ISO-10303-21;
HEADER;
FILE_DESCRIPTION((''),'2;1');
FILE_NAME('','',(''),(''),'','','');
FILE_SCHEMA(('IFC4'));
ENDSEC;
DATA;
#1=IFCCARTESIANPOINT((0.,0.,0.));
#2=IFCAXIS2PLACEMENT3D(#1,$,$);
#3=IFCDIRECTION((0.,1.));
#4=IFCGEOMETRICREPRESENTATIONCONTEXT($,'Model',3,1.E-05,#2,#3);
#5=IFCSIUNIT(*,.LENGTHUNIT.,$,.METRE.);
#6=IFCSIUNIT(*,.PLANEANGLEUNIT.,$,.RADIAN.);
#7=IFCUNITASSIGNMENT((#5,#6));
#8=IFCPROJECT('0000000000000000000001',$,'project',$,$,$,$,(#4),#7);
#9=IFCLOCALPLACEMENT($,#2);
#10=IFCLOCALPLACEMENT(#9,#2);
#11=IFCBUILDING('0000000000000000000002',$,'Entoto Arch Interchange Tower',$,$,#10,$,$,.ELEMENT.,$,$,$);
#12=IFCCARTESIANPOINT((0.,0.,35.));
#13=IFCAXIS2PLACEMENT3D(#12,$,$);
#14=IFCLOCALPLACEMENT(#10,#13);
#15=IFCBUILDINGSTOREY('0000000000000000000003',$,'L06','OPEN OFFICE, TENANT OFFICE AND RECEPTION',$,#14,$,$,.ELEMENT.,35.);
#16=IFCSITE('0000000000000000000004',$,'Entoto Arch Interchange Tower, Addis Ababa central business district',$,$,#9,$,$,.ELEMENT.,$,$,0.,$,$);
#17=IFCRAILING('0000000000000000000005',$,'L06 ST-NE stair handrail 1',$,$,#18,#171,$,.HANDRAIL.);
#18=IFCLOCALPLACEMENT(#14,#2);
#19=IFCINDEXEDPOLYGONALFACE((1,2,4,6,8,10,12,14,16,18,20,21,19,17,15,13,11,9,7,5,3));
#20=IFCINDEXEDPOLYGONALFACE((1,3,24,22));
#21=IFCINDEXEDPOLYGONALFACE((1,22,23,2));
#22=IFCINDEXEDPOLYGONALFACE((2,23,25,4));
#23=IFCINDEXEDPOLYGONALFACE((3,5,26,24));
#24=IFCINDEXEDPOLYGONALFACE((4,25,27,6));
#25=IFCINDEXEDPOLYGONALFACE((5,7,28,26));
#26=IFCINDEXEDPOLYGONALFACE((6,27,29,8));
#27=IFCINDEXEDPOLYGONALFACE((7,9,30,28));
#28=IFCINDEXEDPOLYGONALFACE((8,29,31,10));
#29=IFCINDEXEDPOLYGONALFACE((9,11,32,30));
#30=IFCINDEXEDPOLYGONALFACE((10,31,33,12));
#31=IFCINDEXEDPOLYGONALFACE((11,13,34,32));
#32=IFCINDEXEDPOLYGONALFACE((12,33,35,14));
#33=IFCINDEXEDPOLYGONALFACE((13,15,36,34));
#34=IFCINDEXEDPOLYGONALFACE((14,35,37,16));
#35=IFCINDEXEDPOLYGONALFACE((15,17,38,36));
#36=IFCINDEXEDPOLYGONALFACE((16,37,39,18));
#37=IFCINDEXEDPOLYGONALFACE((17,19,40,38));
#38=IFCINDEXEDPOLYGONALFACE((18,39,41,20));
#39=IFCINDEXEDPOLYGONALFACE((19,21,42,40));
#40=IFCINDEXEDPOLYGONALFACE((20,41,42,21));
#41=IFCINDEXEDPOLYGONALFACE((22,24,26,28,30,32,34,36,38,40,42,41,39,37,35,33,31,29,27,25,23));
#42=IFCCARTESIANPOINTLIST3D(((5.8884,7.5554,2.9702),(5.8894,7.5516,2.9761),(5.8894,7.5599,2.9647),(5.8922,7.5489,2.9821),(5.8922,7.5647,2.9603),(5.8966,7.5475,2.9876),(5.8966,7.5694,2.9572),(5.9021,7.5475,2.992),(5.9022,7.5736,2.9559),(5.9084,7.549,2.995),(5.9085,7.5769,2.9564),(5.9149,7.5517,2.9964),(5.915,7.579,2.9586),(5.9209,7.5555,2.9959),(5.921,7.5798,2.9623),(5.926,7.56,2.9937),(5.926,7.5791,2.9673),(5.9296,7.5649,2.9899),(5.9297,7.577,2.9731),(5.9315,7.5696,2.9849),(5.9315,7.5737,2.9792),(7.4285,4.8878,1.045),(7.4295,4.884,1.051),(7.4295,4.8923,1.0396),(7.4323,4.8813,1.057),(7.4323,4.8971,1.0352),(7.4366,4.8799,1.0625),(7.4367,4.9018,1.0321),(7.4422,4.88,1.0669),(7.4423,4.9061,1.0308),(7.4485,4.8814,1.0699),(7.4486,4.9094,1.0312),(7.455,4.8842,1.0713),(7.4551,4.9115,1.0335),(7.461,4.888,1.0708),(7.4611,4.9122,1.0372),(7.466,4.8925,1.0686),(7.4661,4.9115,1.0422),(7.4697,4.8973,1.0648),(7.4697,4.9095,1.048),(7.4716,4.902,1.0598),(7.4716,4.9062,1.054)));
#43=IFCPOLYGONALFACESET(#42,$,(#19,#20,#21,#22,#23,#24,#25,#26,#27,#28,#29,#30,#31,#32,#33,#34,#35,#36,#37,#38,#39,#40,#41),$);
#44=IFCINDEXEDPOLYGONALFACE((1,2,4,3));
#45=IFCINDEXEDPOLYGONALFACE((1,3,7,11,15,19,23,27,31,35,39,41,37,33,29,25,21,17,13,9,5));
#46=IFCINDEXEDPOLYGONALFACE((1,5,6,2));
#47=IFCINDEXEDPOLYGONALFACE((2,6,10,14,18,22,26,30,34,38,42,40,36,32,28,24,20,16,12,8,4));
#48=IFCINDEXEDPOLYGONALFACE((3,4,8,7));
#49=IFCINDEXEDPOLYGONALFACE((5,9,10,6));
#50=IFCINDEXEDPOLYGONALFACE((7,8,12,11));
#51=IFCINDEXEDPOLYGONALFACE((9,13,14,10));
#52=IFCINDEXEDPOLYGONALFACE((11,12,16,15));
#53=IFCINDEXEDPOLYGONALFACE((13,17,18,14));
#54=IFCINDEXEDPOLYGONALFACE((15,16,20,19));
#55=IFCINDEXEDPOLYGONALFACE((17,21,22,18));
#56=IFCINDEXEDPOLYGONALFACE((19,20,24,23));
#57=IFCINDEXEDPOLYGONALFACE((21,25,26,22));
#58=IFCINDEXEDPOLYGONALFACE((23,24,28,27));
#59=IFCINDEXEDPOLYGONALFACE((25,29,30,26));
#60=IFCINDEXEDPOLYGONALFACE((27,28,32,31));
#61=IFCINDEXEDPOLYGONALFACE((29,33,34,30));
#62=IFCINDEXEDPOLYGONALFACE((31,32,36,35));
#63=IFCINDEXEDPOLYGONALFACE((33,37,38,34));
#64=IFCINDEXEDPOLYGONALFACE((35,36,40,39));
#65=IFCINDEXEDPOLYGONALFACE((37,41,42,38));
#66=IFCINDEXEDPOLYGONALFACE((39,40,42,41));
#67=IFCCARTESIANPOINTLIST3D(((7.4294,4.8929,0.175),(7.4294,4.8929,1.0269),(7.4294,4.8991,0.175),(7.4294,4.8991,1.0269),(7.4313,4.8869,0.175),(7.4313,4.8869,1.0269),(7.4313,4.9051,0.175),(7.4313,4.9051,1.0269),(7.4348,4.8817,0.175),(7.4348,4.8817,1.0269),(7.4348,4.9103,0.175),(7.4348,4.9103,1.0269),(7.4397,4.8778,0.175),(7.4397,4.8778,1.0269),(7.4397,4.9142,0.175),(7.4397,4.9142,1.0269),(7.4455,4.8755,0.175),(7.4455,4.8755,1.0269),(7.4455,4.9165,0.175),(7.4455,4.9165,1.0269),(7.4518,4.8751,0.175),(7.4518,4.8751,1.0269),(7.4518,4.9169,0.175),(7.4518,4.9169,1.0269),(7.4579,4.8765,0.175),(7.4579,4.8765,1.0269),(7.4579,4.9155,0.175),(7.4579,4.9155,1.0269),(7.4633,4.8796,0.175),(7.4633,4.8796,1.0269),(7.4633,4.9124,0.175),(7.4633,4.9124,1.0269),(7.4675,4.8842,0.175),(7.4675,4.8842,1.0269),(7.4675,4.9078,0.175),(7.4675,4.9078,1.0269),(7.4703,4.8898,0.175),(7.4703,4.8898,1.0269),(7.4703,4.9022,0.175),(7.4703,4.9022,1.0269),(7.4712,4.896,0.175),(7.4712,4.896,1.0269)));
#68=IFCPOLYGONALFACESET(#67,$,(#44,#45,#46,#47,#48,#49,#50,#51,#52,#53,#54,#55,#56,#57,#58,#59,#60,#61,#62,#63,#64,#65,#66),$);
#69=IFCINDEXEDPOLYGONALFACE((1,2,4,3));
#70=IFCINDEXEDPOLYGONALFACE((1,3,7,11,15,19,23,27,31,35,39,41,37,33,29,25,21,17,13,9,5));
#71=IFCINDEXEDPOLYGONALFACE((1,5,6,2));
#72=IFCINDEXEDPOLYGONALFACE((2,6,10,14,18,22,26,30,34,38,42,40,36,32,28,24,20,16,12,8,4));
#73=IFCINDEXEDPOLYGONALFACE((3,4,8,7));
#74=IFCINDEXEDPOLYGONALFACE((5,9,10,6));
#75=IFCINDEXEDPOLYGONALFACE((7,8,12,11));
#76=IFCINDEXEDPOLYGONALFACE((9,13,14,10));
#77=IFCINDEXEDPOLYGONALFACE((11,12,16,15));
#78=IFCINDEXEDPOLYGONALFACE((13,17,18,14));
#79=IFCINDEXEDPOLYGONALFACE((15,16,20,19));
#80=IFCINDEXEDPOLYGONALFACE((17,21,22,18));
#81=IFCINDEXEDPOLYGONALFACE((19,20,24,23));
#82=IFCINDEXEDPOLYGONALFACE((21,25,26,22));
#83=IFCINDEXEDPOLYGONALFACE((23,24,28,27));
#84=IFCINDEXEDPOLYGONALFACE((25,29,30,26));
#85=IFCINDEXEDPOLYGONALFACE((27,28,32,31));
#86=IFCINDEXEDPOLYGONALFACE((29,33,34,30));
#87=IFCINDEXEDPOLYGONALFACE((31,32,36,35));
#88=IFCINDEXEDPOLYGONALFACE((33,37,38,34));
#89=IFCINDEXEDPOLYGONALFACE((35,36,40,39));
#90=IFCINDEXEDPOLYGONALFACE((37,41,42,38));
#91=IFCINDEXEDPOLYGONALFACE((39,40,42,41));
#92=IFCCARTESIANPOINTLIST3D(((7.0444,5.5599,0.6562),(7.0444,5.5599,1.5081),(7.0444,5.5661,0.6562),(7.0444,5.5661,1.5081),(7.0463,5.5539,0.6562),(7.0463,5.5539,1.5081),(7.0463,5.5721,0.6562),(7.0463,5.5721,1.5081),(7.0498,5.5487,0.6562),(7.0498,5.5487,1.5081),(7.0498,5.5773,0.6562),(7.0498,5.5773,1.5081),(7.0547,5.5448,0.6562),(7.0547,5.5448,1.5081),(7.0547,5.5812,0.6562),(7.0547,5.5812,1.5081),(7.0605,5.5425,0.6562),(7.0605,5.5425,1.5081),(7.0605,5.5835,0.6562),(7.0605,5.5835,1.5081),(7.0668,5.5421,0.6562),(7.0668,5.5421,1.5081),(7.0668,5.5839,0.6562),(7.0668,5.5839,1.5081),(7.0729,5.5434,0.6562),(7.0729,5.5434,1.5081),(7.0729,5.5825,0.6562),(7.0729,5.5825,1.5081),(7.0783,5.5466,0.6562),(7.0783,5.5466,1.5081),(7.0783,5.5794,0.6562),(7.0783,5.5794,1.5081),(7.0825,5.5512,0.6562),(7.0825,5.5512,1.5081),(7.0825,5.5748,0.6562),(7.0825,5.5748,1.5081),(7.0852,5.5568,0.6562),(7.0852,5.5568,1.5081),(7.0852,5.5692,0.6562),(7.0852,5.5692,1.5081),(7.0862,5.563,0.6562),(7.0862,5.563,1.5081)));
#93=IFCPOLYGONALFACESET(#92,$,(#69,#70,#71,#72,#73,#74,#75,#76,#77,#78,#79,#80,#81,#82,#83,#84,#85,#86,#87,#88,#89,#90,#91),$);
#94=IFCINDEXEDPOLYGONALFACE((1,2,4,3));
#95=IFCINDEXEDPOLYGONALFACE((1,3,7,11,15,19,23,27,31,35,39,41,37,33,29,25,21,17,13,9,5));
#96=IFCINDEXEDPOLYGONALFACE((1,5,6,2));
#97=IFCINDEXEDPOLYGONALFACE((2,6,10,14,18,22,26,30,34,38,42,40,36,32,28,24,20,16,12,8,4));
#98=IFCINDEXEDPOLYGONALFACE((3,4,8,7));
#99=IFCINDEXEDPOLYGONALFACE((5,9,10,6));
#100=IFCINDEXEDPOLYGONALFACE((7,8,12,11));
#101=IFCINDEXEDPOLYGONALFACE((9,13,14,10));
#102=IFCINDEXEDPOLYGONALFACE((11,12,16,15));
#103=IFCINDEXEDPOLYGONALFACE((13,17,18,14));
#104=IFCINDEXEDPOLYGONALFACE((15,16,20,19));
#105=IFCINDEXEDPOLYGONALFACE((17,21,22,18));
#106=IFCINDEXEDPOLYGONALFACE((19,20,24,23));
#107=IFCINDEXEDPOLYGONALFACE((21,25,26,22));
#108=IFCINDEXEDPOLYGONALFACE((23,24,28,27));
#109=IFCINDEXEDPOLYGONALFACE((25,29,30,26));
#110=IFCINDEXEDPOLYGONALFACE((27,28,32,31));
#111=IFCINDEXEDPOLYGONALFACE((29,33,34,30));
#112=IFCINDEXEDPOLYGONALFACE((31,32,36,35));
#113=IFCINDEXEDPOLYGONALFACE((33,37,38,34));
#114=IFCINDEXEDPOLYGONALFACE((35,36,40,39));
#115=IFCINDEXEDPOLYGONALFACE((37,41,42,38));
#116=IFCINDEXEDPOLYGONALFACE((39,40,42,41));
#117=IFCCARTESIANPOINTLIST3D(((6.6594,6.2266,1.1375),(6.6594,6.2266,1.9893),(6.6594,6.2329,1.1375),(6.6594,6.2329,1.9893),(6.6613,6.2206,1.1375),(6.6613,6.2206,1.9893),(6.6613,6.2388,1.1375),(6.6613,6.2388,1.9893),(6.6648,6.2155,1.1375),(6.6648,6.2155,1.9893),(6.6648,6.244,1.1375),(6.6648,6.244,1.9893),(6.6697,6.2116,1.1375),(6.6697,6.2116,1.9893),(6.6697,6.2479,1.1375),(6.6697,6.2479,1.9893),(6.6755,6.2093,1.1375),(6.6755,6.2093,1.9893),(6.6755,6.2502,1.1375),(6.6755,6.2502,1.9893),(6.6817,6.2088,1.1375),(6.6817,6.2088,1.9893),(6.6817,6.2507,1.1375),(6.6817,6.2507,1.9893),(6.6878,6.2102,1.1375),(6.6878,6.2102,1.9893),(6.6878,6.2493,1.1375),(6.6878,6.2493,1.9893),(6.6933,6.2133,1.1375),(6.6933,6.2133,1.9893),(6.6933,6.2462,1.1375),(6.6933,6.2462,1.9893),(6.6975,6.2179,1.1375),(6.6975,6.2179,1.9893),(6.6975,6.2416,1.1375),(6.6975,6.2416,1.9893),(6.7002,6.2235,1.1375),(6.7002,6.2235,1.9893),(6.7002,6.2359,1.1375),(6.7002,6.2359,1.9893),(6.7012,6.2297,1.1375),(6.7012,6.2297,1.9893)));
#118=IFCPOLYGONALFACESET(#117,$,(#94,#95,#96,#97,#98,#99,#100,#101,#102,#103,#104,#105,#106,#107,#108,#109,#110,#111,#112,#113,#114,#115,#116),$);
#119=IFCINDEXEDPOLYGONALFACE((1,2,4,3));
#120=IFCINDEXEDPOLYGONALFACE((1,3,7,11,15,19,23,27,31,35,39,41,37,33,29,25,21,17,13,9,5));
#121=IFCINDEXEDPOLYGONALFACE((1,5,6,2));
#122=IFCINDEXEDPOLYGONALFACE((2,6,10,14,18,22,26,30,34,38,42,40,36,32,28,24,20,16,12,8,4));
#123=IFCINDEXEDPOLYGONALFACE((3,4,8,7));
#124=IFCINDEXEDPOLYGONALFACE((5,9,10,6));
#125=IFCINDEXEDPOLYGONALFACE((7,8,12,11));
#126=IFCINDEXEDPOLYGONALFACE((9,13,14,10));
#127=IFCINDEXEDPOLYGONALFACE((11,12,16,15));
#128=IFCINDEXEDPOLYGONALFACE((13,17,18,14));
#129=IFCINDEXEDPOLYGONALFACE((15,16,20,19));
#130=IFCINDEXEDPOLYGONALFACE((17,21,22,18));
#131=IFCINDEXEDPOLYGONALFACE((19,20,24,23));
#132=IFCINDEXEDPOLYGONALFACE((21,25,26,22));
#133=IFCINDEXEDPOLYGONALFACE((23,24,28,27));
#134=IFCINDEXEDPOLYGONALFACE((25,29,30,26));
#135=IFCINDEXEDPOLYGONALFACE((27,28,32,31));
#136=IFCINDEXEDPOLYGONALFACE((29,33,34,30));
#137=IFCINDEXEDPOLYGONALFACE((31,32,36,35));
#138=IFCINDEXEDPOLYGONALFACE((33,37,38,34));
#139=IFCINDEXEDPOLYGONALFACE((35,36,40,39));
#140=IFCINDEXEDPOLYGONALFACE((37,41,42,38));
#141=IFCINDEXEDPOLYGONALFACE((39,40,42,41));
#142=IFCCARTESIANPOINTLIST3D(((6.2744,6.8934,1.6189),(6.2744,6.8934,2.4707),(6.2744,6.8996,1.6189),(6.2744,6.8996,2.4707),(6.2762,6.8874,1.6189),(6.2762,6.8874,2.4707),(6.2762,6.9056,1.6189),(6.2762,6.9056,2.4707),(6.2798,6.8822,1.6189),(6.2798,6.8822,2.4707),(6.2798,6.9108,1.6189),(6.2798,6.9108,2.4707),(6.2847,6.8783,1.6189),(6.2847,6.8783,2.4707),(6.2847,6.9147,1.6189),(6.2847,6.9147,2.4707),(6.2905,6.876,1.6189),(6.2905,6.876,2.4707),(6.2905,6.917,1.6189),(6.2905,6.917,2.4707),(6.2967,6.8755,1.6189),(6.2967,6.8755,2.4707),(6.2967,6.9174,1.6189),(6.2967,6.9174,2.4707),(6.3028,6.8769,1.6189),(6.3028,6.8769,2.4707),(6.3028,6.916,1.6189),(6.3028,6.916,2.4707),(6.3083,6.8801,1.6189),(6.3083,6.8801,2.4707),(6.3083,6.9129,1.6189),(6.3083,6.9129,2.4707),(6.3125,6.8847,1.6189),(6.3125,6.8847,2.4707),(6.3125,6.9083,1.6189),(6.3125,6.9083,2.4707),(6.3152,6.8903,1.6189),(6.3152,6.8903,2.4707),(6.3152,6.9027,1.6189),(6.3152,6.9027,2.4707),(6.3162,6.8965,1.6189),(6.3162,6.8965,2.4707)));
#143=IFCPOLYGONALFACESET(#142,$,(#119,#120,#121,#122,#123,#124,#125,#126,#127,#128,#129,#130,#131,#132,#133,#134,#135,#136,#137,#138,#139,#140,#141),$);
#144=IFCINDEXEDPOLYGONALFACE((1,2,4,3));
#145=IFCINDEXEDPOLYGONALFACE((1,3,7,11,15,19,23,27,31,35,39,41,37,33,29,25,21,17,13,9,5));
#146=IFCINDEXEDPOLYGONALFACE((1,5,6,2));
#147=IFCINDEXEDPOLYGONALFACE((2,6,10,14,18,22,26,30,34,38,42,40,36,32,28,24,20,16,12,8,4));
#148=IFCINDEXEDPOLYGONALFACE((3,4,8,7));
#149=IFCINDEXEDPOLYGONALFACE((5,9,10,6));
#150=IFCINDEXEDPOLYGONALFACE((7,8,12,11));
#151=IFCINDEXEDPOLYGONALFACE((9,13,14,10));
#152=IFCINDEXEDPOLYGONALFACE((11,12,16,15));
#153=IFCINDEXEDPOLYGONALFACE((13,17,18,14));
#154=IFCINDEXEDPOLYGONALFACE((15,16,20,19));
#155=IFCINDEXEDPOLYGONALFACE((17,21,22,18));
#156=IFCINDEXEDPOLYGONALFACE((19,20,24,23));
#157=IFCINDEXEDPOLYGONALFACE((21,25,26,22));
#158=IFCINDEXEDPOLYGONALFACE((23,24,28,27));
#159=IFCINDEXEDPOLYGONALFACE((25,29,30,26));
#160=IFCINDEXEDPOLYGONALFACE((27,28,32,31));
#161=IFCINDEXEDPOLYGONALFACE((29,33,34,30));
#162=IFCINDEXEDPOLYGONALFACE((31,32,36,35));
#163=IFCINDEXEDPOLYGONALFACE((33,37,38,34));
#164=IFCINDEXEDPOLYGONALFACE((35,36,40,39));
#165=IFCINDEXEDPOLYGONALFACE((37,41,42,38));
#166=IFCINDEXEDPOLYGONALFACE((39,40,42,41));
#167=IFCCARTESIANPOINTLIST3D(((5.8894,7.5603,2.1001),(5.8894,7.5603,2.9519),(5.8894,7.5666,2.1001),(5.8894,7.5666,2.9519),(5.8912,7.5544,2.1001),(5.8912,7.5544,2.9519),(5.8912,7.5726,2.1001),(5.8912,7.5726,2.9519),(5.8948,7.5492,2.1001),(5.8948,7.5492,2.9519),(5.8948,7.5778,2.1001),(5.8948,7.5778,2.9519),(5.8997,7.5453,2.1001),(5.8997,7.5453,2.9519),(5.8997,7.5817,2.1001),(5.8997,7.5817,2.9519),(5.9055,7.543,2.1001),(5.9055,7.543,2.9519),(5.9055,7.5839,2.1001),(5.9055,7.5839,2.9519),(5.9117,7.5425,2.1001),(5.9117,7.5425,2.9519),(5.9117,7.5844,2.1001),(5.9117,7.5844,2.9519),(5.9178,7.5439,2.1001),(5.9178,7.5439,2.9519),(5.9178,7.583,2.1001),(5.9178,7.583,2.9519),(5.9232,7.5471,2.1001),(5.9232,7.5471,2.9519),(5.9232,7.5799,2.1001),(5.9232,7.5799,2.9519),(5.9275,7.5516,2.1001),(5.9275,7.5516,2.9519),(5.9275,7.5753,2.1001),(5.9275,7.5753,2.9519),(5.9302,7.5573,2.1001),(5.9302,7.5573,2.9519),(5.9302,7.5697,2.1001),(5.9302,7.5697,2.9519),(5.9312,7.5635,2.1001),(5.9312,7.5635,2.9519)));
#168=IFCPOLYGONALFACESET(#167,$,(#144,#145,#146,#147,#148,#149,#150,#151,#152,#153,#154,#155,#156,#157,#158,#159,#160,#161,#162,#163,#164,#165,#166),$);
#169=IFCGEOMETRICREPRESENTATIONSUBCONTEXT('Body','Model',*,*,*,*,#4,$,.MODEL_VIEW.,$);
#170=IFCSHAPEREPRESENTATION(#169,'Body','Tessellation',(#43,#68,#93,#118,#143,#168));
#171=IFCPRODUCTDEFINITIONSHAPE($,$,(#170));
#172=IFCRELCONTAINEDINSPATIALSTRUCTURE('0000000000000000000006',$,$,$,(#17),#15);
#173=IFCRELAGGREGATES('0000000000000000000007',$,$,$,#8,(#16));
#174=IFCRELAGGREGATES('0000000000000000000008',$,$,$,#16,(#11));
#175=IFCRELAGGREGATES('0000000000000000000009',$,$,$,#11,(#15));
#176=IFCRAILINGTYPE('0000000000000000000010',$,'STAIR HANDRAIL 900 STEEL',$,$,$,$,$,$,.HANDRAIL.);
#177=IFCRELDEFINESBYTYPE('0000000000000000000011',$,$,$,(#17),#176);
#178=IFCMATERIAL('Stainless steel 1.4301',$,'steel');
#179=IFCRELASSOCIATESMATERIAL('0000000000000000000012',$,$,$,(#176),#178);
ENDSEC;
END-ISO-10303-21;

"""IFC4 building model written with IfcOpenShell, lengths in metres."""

from ifc_helpers import new_model, si_unit, direction, frame, origin, origin_2d, place, context, subcontext, project, spatial, circle, extrude, material, type_object, element, save


model = new_model("IFC4")

# Units and contexts
model_context = context("Model", 3, precision=1e-05, world=origin(), true_north=direction((0.0, 1.0)))
body_context = subcontext(model_context, "Body", "Model", "MODEL_VIEW")
ifc_project = project(units=[si_unit("LENGTHUNIT", "METRE"), si_unit("PLANEANGLEUNIT", "RADIAN")], contexts=[model_context])

# Site, building, storey
site_placement = place(None, origin())
site = spatial("IfcSite", under=ifc_project, at=site_placement, Name="Entoto Arch Interchange Tower, Addis Ababa central business district", CompositionType="ELEMENT", RefElevation=0.0)
building_placement = place(site_placement, origin())
building = spatial("IfcBuilding", under=site, at=building_placement, Name="Entoto Arch Interchange Tower", CompositionType="ELEMENT")
storey_placement = place(building_placement, frame((0.0, 0.0, 35.0)))
storey = spatial("IfcBuildingStorey", under=building, at=storey_placement, Name="L06", Description="OPEN OFFICE, TENANT OFFICE AND RECEPTION", CompositionType="ELEMENT", Elevation=35.0)

# Railing
ifc_material_1 = material(Name="Stainless steel 1.4301", Category="steel")
railing_type_1 = type_object("IfcRailingType", Name="STAIR HANDRAIL 900 STEEL", PredefinedType="HANDRAIL", material=ifc_material_1)
railing_1_placement = place(storey_placement, frame((7.4502, 4.896, 0.175)))
element("IfcRailing", 1, at=railing_1_placement, inside=storey, type_object=railing_type_1, Name="L06 ST-NE stair handrail 1", PredefinedType="HANDRAIL", context=body_context, shape_type="SweptSolid", body=[
    extrude(circle(Radius=0.0239, at=origin_2d()), frame((0.0, 0.0, 0.876), z_axis=(-0.423994, 0.734395, 0.529993), x_axis=(-0.86603, -0.499992, 0.0)), (0.0, 0.0, 1.0), 3.6323),
    extrude(circle(Radius=0.021, at=origin_2d()), origin(), (0.0, 0.0, 1.0), 0.8518),
    extrude(circle(Radius=0.021, at=origin_2d()), frame((-0.385, 0.667, 0.4812)), (0.0, 0.0, 1.0), 0.8518),
    extrude(circle(Radius=0.021, at=origin_2d()), frame((-0.77, 1.3337, 0.9624)), (0.0, 0.0, 1.0), 0.8518),
    extrude(circle(Radius=0.021, at=origin_2d()), frame((-1.155, 2.0005, 1.4438)), (0.0, 0.0, 1.0), 0.8518),
    extrude(circle(Radius=0.021, at=origin_2d()), frame((-1.54, 2.6675, 1.925)), (0.0, 0.0, 1.0), 0.8518),
])

save(model, "model.ifc")
